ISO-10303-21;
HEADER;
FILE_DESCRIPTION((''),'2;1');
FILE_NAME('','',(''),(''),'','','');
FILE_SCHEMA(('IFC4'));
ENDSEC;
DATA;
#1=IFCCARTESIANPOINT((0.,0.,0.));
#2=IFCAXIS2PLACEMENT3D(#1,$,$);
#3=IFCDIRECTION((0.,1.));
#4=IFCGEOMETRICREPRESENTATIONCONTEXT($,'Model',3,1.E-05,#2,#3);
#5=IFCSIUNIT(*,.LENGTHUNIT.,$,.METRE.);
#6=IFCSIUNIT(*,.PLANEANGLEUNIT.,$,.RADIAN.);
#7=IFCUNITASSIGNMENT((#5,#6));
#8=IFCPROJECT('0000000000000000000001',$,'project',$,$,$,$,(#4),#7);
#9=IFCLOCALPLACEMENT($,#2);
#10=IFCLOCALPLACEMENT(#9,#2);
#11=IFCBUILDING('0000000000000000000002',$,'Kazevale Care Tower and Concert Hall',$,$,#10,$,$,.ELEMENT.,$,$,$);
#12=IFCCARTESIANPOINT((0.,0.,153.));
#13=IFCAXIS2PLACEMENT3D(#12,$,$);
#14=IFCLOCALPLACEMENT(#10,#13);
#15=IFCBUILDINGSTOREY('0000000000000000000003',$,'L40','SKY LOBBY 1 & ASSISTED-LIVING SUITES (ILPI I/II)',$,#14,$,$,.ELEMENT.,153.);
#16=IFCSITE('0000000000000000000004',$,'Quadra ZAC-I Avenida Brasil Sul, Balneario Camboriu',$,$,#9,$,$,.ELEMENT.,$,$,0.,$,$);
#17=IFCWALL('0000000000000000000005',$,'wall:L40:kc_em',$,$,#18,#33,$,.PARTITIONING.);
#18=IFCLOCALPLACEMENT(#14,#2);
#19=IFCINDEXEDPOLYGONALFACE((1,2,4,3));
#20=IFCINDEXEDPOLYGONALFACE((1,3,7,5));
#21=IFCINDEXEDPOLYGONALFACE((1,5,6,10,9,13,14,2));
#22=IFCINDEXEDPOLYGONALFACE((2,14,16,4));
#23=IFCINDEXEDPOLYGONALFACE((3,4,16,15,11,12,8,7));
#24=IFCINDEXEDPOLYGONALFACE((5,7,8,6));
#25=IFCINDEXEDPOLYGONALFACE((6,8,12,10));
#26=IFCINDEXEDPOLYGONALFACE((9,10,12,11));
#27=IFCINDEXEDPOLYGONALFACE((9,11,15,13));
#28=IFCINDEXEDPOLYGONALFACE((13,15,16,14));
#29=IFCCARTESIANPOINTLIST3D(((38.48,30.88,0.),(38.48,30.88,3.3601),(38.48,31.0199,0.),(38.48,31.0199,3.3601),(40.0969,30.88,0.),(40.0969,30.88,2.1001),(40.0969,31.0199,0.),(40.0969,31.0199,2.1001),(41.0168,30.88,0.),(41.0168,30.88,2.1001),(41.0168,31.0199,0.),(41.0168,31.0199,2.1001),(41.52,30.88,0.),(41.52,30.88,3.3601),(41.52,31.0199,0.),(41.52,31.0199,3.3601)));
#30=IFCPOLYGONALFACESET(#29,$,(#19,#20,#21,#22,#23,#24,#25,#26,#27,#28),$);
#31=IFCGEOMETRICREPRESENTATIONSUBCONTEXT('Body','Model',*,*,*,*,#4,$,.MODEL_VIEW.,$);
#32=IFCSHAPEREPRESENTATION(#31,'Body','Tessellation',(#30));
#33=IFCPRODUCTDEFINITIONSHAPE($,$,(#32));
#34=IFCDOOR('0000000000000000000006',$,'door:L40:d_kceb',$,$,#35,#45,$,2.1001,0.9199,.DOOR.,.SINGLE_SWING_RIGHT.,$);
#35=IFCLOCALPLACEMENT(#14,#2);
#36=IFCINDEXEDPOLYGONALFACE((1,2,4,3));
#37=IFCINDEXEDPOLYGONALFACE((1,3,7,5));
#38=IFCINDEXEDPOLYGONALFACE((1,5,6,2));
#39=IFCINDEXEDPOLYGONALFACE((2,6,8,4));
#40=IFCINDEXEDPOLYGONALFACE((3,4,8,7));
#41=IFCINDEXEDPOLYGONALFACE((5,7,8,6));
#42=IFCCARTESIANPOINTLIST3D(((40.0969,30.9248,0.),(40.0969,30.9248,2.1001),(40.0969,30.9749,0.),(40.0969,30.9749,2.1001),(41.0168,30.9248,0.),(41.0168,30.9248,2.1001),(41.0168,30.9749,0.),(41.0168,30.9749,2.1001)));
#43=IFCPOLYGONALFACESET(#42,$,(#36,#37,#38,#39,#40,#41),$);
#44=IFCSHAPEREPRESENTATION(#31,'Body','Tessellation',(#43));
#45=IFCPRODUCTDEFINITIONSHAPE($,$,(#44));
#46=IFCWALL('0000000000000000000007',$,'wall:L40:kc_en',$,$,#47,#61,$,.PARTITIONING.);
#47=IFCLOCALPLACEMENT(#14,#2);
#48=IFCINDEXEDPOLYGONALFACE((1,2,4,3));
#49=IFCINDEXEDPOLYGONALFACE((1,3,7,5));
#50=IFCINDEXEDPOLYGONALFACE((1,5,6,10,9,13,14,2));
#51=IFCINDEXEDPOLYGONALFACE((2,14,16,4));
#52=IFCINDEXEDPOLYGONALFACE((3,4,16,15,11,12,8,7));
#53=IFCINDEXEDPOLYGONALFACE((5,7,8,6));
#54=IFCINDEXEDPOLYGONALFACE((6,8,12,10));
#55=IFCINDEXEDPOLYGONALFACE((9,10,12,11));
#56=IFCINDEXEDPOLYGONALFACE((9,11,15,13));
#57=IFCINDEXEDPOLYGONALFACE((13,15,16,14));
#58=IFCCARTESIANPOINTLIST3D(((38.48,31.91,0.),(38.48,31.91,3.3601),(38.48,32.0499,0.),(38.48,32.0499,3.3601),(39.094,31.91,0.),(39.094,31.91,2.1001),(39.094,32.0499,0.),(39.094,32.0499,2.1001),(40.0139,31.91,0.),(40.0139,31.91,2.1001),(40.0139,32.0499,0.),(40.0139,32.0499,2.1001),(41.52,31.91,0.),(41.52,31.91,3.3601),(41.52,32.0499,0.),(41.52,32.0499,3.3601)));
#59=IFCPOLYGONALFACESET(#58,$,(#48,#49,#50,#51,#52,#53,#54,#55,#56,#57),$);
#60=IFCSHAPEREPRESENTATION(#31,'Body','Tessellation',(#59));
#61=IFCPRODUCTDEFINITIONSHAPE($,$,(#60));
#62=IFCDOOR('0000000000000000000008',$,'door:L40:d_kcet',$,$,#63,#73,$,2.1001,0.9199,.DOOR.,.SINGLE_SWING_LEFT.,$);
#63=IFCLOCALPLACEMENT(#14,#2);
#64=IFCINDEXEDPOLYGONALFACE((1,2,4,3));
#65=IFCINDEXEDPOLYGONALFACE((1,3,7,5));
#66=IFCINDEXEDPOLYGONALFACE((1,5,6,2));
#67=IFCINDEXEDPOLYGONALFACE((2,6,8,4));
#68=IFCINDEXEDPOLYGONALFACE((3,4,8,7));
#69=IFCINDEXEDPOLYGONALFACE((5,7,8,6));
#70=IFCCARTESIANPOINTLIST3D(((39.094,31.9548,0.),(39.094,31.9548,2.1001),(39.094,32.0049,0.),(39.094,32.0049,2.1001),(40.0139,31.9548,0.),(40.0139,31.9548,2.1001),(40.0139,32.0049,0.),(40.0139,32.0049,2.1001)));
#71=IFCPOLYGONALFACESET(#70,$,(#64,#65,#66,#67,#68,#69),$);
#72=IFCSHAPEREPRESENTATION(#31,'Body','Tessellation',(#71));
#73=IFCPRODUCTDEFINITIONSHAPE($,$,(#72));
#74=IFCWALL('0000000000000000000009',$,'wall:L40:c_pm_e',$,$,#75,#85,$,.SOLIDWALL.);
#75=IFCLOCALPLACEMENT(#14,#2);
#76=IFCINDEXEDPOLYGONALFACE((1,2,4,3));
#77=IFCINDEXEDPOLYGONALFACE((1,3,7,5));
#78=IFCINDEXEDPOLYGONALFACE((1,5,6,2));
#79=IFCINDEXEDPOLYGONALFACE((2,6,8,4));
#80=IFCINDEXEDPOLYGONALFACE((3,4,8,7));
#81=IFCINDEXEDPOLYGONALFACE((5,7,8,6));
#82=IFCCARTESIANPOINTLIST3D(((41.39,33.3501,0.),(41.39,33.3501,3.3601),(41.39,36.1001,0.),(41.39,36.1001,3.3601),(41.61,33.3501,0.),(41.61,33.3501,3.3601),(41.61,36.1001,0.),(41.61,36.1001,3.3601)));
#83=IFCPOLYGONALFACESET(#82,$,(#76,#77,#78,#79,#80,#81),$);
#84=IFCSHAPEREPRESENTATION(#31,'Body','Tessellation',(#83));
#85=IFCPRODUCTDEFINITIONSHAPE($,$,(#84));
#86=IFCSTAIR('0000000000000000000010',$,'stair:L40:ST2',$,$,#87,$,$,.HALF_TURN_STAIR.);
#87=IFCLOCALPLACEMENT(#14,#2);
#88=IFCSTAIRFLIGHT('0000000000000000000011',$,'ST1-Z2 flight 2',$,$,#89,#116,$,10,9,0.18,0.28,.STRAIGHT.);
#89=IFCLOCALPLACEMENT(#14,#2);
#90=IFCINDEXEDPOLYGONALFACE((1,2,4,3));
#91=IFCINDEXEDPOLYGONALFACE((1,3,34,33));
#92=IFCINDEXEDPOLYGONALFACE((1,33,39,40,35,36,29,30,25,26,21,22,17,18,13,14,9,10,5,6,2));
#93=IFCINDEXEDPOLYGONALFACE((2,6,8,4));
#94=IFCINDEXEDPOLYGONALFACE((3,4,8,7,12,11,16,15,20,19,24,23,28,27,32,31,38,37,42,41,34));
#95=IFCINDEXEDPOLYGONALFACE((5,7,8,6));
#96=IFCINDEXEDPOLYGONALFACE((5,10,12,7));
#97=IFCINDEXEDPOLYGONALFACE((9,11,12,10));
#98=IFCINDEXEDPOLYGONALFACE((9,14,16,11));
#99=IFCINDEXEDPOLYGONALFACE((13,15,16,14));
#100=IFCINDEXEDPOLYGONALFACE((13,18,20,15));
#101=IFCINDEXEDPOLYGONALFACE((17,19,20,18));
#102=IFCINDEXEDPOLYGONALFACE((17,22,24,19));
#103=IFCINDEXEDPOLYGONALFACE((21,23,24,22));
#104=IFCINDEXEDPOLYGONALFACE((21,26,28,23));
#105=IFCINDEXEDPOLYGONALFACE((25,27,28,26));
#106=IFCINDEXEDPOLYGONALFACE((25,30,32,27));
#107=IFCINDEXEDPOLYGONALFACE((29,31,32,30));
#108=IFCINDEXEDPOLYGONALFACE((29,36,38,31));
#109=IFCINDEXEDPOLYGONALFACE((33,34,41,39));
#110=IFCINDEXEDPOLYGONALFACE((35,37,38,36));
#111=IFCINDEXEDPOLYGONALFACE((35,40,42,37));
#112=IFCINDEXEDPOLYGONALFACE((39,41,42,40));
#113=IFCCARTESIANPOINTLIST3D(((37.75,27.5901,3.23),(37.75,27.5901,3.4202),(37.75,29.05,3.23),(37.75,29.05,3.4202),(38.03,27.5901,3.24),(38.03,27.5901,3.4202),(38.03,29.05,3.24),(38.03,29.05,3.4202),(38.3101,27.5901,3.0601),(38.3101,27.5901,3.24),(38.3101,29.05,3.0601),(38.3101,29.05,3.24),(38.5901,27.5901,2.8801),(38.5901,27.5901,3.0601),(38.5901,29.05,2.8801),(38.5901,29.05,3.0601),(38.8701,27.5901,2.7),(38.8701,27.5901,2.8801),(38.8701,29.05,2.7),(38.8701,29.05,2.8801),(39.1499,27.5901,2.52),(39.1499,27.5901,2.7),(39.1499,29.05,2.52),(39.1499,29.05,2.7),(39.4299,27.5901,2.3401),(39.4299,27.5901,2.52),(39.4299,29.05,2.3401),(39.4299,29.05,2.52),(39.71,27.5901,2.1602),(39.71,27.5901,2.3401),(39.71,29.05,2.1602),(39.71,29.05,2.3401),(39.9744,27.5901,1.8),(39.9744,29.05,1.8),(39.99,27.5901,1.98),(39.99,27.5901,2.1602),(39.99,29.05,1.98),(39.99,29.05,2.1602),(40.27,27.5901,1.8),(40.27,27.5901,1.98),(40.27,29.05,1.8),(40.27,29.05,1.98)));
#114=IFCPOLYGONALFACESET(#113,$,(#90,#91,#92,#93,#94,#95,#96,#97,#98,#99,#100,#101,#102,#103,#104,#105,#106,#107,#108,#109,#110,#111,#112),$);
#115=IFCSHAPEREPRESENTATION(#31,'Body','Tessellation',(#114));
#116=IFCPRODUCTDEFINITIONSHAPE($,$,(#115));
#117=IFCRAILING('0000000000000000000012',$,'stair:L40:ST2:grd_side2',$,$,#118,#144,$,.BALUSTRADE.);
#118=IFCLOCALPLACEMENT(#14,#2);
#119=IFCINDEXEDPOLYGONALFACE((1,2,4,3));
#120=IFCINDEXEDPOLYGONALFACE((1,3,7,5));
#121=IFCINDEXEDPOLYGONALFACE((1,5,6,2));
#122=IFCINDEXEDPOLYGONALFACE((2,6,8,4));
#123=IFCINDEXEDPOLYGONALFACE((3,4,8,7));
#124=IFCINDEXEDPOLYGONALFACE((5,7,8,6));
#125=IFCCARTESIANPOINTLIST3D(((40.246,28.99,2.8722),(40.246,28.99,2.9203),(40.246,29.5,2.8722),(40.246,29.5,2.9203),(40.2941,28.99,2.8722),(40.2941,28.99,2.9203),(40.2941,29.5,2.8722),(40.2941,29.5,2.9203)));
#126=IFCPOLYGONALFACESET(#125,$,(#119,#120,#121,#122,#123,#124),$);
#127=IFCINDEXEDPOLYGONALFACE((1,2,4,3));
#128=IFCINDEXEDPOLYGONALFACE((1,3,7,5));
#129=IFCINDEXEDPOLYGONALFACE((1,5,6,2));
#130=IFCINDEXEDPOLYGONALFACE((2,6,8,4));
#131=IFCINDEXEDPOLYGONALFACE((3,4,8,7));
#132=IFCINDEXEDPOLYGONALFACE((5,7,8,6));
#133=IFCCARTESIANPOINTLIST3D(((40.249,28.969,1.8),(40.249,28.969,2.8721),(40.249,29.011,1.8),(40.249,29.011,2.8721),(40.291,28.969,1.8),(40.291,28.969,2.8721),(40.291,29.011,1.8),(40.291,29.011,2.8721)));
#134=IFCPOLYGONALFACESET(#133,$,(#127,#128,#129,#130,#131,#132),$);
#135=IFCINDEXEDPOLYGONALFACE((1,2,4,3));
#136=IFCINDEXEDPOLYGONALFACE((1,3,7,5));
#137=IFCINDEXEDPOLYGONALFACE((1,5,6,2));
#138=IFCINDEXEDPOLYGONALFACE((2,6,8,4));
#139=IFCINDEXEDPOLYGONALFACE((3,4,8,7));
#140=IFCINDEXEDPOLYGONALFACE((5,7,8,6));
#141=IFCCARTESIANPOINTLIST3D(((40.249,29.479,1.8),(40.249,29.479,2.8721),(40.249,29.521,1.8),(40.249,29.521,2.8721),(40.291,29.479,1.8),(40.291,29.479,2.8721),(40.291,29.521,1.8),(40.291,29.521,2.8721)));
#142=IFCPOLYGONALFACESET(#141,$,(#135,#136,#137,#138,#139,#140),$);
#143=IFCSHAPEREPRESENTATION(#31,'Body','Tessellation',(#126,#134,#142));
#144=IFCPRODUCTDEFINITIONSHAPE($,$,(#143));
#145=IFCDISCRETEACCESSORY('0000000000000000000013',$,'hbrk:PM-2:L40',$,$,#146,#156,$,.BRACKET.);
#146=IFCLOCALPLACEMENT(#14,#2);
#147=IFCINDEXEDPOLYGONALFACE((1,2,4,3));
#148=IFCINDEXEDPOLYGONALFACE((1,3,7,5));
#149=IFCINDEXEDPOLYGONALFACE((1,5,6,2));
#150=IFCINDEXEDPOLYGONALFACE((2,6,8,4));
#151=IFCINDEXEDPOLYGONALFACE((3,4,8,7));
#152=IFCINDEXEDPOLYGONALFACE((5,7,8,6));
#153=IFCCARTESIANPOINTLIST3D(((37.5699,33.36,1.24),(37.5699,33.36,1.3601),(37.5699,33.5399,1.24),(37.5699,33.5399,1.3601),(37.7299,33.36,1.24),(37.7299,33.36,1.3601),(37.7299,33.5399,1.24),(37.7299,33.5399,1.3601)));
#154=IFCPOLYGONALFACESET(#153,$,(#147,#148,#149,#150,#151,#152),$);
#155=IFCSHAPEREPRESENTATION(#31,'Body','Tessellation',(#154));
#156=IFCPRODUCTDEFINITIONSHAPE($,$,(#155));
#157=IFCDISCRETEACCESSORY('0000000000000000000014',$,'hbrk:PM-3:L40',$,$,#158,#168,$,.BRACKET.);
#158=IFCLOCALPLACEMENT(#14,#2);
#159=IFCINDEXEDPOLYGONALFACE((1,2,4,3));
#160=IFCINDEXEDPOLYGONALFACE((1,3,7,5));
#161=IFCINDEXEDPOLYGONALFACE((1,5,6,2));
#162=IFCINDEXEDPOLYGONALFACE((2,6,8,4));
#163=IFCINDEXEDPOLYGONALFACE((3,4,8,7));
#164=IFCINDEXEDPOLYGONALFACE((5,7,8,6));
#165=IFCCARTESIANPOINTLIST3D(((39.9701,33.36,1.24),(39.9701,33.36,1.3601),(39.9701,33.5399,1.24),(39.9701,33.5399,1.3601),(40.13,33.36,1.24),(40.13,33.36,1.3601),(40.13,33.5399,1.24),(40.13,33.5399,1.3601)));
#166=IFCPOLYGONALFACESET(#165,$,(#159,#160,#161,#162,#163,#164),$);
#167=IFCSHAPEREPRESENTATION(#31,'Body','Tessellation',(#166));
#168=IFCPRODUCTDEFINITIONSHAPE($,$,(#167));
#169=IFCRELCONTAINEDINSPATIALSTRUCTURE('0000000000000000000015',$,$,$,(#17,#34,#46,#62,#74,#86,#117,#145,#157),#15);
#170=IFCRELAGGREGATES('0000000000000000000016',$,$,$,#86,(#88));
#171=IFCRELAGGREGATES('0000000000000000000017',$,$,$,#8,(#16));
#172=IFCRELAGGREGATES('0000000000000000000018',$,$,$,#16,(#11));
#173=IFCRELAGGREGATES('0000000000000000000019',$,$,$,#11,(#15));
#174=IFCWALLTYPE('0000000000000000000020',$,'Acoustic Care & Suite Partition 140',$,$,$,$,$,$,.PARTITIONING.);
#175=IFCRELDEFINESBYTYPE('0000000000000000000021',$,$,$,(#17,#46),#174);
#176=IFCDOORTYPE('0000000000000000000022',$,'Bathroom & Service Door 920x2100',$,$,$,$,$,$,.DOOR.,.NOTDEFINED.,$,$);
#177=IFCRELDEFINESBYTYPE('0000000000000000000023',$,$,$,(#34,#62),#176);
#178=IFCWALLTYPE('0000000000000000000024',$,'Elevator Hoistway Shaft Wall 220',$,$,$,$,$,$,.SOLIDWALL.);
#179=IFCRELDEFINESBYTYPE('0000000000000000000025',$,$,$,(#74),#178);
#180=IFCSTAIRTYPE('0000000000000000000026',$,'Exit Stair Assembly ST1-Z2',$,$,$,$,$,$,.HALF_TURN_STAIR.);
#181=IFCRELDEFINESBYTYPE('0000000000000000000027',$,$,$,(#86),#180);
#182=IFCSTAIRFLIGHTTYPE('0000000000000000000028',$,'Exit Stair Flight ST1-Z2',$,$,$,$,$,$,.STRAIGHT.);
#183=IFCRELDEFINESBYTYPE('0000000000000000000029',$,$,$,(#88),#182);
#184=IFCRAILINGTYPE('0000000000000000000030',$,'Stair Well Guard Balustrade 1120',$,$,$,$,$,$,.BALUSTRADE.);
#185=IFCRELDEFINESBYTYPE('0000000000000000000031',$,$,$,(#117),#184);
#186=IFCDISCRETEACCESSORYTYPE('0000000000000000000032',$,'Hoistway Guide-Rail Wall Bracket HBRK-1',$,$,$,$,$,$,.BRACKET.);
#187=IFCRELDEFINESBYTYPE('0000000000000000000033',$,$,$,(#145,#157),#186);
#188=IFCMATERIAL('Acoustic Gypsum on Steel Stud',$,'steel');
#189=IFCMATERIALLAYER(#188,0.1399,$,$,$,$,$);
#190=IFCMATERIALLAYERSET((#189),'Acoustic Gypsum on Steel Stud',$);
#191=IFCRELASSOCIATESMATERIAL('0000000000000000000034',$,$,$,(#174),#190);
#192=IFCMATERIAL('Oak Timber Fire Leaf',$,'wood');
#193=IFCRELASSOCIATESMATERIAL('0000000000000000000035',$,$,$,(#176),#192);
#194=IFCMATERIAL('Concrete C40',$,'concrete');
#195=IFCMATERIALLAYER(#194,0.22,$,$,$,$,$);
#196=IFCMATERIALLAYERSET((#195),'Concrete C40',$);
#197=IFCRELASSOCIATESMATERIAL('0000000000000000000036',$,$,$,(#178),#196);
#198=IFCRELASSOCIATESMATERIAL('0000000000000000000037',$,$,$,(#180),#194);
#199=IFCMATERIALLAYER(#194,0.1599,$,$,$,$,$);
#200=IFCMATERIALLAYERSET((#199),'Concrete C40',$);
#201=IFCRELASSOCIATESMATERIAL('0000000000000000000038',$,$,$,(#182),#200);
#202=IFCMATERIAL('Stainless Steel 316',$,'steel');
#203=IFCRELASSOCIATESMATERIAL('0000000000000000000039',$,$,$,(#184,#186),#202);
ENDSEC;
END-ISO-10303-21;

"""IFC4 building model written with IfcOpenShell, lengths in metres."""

from ifc_helpers import new_model, si_unit, direction, frame, frame_2d, origin, origin_2d, place, context, subcontext, project, spatial, polyline, rectangle, outline, extrude, material, layer, layer_set, type_object, element, fill, aggregate, save


model = new_model("IFC4")

# Units and contexts
model_context = context("Model", 3, precision=1e-05, world=origin(), true_north=direction((0.0, 1.0)))
body_context = subcontext(model_context, "Body", "Model", "MODEL_VIEW")
ifc_project = project(units=[si_unit("LENGTHUNIT", "METRE"), si_unit("PLANEANGLEUNIT", "RADIAN")], contexts=[model_context])

# Site, building, storey
site_placement = place(None, origin())
site = spatial("IfcSite", under=ifc_project, at=site_placement, Name="Quadra ZAC-I Avenida Brasil Sul, Balneario Camboriu", CompositionType="ELEMENT", RefElevation=0.0)
building_placement = place(site_placement, origin())
building = spatial("IfcBuilding", under=site, at=building_placement, Name="Kazevale Care Tower and Concert Hall", CompositionType="ELEMENT")
storey_placement = place(building_placement, frame((0.0, 0.0, 153.0)))
storey = spatial("IfcBuildingStorey", under=building, at=storey_placement, Name="L40", Description="SKY LOBBY 1 & ASSISTED-LIVING SUITES (ILPI I/II)", CompositionType="ELEMENT", Elevation=153.0)

# Shared definitions
ifc_material_1 = material(Name="Acoustic Gypsum on Steel Stud", Category="steel")
ifc_layer_1 = layer(ifc_material_1, 0.1399)
ifc_layer_set_1 = layer_set([ifc_layer_1], Name="Acoustic Gypsum on Steel Stud")
wall_type_1 = type_object("IfcWallType", Name="Acoustic Care & Suite Partition 140", PredefinedType="PARTITIONING", material=ifc_layer_set_1)

# Walls, openings, doors
wall_1_placement = place(storey_placement, frame((38.48, 30.95, 0.0), z_axis=(0.0, 0.0, 1.0), x_axis=(1.0, 0.0, 0.0)))
wall_1 = element("IfcWall", 1, at=wall_1_placement, inside=storey, type_object=wall_type_1, Name="wall:L40:kc_em", PredefinedType="PARTITIONING", context=body_context, shape_type="SweptSolid", body=[
    extrude(rectangle(XDim=3.04, YDim=0.1399, at=frame_2d((1.52, 0.0))), origin(), (0.0, 0.0, 1.0), 3.3601),
])
opening_1_placement = place(wall_1_placement, frame((1.6169, 0.0, 0.0)))
opening_1 = element("IfcOpeningElement", 2, at=opening_1_placement, cuts=wall_1, PredefinedType="OPENING", context=body_context, shape_type="SweptSolid", body=[
    extrude(rectangle(XDim=0.9199, YDim=2.1001, at=frame_2d((0.46, 1.05))), frame((0.0, 0.0798, 0.0), z_axis=(0.0, -1.0, 0.0), x_axis=(1.0, 0.0, 0.0)), (0.0, 0.0, 1.0), 0.1599),
])
ifc_material_2 = material(Name="Oak Timber Fire Leaf", Category="wood")
door_type = type_object("IfcDoorType", Name="Bathroom & Service Door 920x2100", OperationType="NOTDEFINED", PredefinedType="DOOR", material=ifc_material_2)
door_1_placement = place(opening_1_placement, origin())
door_1 = element("IfcDoor", 3, at=door_1_placement, inside=storey, type_object=door_type, Name="door:L40:d_kceb", OperationType="SINGLE_SWING_RIGHT", OverallHeight=2.1001, OverallWidth=0.9199, PredefinedType="DOOR", context=body_context, shape_type="SweptSolid", body=[
    extrude(rectangle(XDim=0.9199, YDim=2.1001, at=frame_2d((0.46, 1.05))), frame((0.0, 0.0249, 0.0), z_axis=(0.0, -1.0, 0.0), x_axis=(1.0, 0.0, 0.0)), (0.0, 0.0, 1.0), 0.05),
])
fill(opening_1, door_1)
wall_2_placement = place(storey_placement, frame((38.48, 31.98, 0.0), z_axis=(0.0, 0.0, 1.0), x_axis=(1.0, 0.0, 0.0)))
wall_2 = element("IfcWall", 4, at=wall_2_placement, inside=storey, type_object=wall_type_1, Name="wall:L40:kc_en", PredefinedType="PARTITIONING", context=body_context, shape_type="SweptSolid", body=[
    extrude(rectangle(XDim=3.04, YDim=0.1399, at=frame_2d((1.52, 0.0))), origin(), (0.0, 0.0, 1.0), 3.3601),
])
opening_2_placement = place(wall_2_placement, frame((0.614, 0.0, 0.0)))
opening_2 = element("IfcOpeningElement", 5, at=opening_2_placement, cuts=wall_2, PredefinedType="OPENING", context=body_context, shape_type="SweptSolid", body=[
    extrude(rectangle(XDim=0.9199, YDim=2.1001, at=frame_2d((0.46, 1.05))), frame((0.0, 0.0798, 0.0), z_axis=(0.0, -1.0, 0.0), x_axis=(1.0, 0.0, 0.0)), (0.0, 0.0, 1.0), 0.1599),
])
door_2_placement = place(opening_2_placement, origin())
door_2 = element("IfcDoor", 6, at=door_2_placement, inside=storey, type_object=door_type, Name="door:L40:d_kcet", OperationType="SINGLE_SWING_LEFT", OverallHeight=2.1001, OverallWidth=0.9199, PredefinedType="DOOR", context=body_context, shape_type="SweptSolid", body=[
    extrude(rectangle(XDim=0.9199, YDim=2.1001, at=frame_2d((0.46, 1.05))), frame((0.0, 0.0249, 0.0), z_axis=(0.0, -1.0, 0.0), x_axis=(1.0, 0.0, 0.0)), (0.0, 0.0, 1.0), 0.05),
])
fill(opening_2, door_2)

# Wall
ifc_material_3 = material(Name="Concrete C40", Category="concrete")
ifc_layer_2 = layer(ifc_material_3, 0.22)
ifc_layer_set_2 = layer_set([ifc_layer_2], Name="Concrete C40")
wall_type_2 = type_object("IfcWallType", Name="Elevator Hoistway Shaft Wall 220", PredefinedType="SOLIDWALL", material=ifc_layer_set_2)
wall_3_placement = place(storey_placement, frame((41.5, 33.3501, 0.0), z_axis=(0.0, 0.0, 1.0), x_axis=(0.0, 1.0, 0.0)))
element("IfcWall", 7, at=wall_3_placement, inside=storey, type_object=wall_type_2, Name="wall:L40:c_pm_e", PredefinedType="SOLIDWALL", context=body_context, shape_type="SweptSolid", body=[
    extrude(rectangle(XDim=2.75, YDim=0.22, at=frame_2d((1.375, 0.0))), origin(), (0.0, 0.0, 1.0), 3.3601),
])

# Stair, stair flight
stair_type = type_object("IfcStairType", Name="Exit Stair Assembly ST1-Z2", PredefinedType="HALF_TURN_STAIR", material=ifc_material_3)
stair_placement = place(storey_placement, origin())
stair = element("IfcStair", 8, at=stair_placement, inside=storey, type_object=stair_type, Name="stair:L40:ST2", PredefinedType="HALF_TURN_STAIR")
ifc_layer_3 = layer(ifc_material_3, 0.1599)
ifc_layer_set_3 = layer_set([ifc_layer_3], Name="Concrete C40")
stair_flight_type = type_object("IfcStairFlightType", Name="Exit Stair Flight ST1-Z2", PredefinedType="STRAIGHT", material=ifc_layer_set_3)
stair_flight_placement = place(storey_placement, frame((40.27, 28.3201, 1.8), z_axis=(0.0, 0.0, 1.0), x_axis=(-1.0, 0.0, 0.0)))
stair_flight = element("IfcStairFlight", 9, at=stair_flight_placement, type_object=stair_flight_type, Name="ST1-Z2 flight 2", NumberOfRisers=10, NumberOfTreads=9, PredefinedType="STRAIGHT", RiserHeight=0.18, TreadLength=0.28, context=body_context, shape_type="SweptSolid", body=[
    extrude(outline(polyline([(0.0, 0.0), (0.0, 0.1799), (0.28, 0.1799), (0.28, 0.3601), (0.5601, 0.3601), (0.5601, 0.54), (0.8401, 0.54), (0.8401, 0.72), (1.1201, 0.72), (1.1201, 0.8999), (1.3999, 0.8999), (1.3999, 1.0801), (1.6799, 1.0801), (1.6799, 1.26), (1.96, 1.26), (1.96, 1.4399), (2.24, 1.4399), (2.24, 1.6201), (2.52, 1.6201), (2.52, 1.8), (2.52, 1.4299), (0.2957, 0.0), (0.0, 0.0)])), frame((0.0, 0.73, 0.0), z_axis=(0.0, -1.0, 0.0), x_axis=(1.0, 0.0, 0.0)), (0.0, 0.0, 1.0), 1.46),
])
aggregate(stair, [stair_flight])

# Railing
ifc_material_4 = material(Name="Stainless Steel 316", Category="steel")
railing_type = type_object("IfcRailingType", Name="Stair Well Guard Balustrade 1120", PredefinedType="BALUSTRADE", material=ifc_material_4)
railing_placement = place(storey_placement, frame((40.27, 28.99, 1.8)))
element("IfcRailing", 10, at=railing_placement, inside=storey, type_object=railing_type, Name="stair:L40:ST2:grd_side2", PredefinedType="BALUSTRADE", context=body_context, shape_type="SweptSolid", body=[
    extrude(rectangle(XDim=0.0481, YDim=0.0481, at=origin_2d()), frame((0.0, 0.0, 1.0962), z_axis=(0.0, 1.0, 0.0), x_axis=(-1.0, 0.0, 0.0)), (0.0, 0.0, 1.0), 0.51),
    extrude(rectangle(XDim=0.042, YDim=0.042, at=origin_2d()), origin(), (0.0, 0.0, 1.0), 1.072),
    extrude(rectangle(XDim=0.042, YDim=0.042, at=origin_2d()), frame((0.0, 0.51, 0.0)), (0.0, 0.0, 1.0), 1.072),
])

# Discrete accessories
discrete_accessory_type = type_object("IfcDiscreteAccessoryType", Name="Hoistway Guide-Rail Wall Bracket HBRK-1", PredefinedType="BRACKET", material=ifc_material_4)
for number, where, z_axis, x_axis, name in (
    (11, (37.6499, 33.45, 1.24), (0.0, 0.0, 1.0), (1.0, 0.0, 0.0), "hbrk:PM-2:L40"),
    (12, (40.05, 33.45, 1.24), (0.0, 0.0, 1.0), (1.0, 0.0, 0.0), "hbrk:PM-3:L40"),
):
    element("IfcDiscreteAccessory", number, at=place(storey_placement, frame(where, z_axis=z_axis, x_axis=x_axis)), inside=storey, type_object=discrete_accessory_type, Name=name, PredefinedType="BRACKET", context=body_context, shape_type="SweptSolid", body=[
        extrude(rectangle(XDim=0.1599, YDim=0.1799, at=origin_2d()), origin(), (0.0, 0.0, 1.0), 0.1201),
    ])

save(model, "model.ifc")
